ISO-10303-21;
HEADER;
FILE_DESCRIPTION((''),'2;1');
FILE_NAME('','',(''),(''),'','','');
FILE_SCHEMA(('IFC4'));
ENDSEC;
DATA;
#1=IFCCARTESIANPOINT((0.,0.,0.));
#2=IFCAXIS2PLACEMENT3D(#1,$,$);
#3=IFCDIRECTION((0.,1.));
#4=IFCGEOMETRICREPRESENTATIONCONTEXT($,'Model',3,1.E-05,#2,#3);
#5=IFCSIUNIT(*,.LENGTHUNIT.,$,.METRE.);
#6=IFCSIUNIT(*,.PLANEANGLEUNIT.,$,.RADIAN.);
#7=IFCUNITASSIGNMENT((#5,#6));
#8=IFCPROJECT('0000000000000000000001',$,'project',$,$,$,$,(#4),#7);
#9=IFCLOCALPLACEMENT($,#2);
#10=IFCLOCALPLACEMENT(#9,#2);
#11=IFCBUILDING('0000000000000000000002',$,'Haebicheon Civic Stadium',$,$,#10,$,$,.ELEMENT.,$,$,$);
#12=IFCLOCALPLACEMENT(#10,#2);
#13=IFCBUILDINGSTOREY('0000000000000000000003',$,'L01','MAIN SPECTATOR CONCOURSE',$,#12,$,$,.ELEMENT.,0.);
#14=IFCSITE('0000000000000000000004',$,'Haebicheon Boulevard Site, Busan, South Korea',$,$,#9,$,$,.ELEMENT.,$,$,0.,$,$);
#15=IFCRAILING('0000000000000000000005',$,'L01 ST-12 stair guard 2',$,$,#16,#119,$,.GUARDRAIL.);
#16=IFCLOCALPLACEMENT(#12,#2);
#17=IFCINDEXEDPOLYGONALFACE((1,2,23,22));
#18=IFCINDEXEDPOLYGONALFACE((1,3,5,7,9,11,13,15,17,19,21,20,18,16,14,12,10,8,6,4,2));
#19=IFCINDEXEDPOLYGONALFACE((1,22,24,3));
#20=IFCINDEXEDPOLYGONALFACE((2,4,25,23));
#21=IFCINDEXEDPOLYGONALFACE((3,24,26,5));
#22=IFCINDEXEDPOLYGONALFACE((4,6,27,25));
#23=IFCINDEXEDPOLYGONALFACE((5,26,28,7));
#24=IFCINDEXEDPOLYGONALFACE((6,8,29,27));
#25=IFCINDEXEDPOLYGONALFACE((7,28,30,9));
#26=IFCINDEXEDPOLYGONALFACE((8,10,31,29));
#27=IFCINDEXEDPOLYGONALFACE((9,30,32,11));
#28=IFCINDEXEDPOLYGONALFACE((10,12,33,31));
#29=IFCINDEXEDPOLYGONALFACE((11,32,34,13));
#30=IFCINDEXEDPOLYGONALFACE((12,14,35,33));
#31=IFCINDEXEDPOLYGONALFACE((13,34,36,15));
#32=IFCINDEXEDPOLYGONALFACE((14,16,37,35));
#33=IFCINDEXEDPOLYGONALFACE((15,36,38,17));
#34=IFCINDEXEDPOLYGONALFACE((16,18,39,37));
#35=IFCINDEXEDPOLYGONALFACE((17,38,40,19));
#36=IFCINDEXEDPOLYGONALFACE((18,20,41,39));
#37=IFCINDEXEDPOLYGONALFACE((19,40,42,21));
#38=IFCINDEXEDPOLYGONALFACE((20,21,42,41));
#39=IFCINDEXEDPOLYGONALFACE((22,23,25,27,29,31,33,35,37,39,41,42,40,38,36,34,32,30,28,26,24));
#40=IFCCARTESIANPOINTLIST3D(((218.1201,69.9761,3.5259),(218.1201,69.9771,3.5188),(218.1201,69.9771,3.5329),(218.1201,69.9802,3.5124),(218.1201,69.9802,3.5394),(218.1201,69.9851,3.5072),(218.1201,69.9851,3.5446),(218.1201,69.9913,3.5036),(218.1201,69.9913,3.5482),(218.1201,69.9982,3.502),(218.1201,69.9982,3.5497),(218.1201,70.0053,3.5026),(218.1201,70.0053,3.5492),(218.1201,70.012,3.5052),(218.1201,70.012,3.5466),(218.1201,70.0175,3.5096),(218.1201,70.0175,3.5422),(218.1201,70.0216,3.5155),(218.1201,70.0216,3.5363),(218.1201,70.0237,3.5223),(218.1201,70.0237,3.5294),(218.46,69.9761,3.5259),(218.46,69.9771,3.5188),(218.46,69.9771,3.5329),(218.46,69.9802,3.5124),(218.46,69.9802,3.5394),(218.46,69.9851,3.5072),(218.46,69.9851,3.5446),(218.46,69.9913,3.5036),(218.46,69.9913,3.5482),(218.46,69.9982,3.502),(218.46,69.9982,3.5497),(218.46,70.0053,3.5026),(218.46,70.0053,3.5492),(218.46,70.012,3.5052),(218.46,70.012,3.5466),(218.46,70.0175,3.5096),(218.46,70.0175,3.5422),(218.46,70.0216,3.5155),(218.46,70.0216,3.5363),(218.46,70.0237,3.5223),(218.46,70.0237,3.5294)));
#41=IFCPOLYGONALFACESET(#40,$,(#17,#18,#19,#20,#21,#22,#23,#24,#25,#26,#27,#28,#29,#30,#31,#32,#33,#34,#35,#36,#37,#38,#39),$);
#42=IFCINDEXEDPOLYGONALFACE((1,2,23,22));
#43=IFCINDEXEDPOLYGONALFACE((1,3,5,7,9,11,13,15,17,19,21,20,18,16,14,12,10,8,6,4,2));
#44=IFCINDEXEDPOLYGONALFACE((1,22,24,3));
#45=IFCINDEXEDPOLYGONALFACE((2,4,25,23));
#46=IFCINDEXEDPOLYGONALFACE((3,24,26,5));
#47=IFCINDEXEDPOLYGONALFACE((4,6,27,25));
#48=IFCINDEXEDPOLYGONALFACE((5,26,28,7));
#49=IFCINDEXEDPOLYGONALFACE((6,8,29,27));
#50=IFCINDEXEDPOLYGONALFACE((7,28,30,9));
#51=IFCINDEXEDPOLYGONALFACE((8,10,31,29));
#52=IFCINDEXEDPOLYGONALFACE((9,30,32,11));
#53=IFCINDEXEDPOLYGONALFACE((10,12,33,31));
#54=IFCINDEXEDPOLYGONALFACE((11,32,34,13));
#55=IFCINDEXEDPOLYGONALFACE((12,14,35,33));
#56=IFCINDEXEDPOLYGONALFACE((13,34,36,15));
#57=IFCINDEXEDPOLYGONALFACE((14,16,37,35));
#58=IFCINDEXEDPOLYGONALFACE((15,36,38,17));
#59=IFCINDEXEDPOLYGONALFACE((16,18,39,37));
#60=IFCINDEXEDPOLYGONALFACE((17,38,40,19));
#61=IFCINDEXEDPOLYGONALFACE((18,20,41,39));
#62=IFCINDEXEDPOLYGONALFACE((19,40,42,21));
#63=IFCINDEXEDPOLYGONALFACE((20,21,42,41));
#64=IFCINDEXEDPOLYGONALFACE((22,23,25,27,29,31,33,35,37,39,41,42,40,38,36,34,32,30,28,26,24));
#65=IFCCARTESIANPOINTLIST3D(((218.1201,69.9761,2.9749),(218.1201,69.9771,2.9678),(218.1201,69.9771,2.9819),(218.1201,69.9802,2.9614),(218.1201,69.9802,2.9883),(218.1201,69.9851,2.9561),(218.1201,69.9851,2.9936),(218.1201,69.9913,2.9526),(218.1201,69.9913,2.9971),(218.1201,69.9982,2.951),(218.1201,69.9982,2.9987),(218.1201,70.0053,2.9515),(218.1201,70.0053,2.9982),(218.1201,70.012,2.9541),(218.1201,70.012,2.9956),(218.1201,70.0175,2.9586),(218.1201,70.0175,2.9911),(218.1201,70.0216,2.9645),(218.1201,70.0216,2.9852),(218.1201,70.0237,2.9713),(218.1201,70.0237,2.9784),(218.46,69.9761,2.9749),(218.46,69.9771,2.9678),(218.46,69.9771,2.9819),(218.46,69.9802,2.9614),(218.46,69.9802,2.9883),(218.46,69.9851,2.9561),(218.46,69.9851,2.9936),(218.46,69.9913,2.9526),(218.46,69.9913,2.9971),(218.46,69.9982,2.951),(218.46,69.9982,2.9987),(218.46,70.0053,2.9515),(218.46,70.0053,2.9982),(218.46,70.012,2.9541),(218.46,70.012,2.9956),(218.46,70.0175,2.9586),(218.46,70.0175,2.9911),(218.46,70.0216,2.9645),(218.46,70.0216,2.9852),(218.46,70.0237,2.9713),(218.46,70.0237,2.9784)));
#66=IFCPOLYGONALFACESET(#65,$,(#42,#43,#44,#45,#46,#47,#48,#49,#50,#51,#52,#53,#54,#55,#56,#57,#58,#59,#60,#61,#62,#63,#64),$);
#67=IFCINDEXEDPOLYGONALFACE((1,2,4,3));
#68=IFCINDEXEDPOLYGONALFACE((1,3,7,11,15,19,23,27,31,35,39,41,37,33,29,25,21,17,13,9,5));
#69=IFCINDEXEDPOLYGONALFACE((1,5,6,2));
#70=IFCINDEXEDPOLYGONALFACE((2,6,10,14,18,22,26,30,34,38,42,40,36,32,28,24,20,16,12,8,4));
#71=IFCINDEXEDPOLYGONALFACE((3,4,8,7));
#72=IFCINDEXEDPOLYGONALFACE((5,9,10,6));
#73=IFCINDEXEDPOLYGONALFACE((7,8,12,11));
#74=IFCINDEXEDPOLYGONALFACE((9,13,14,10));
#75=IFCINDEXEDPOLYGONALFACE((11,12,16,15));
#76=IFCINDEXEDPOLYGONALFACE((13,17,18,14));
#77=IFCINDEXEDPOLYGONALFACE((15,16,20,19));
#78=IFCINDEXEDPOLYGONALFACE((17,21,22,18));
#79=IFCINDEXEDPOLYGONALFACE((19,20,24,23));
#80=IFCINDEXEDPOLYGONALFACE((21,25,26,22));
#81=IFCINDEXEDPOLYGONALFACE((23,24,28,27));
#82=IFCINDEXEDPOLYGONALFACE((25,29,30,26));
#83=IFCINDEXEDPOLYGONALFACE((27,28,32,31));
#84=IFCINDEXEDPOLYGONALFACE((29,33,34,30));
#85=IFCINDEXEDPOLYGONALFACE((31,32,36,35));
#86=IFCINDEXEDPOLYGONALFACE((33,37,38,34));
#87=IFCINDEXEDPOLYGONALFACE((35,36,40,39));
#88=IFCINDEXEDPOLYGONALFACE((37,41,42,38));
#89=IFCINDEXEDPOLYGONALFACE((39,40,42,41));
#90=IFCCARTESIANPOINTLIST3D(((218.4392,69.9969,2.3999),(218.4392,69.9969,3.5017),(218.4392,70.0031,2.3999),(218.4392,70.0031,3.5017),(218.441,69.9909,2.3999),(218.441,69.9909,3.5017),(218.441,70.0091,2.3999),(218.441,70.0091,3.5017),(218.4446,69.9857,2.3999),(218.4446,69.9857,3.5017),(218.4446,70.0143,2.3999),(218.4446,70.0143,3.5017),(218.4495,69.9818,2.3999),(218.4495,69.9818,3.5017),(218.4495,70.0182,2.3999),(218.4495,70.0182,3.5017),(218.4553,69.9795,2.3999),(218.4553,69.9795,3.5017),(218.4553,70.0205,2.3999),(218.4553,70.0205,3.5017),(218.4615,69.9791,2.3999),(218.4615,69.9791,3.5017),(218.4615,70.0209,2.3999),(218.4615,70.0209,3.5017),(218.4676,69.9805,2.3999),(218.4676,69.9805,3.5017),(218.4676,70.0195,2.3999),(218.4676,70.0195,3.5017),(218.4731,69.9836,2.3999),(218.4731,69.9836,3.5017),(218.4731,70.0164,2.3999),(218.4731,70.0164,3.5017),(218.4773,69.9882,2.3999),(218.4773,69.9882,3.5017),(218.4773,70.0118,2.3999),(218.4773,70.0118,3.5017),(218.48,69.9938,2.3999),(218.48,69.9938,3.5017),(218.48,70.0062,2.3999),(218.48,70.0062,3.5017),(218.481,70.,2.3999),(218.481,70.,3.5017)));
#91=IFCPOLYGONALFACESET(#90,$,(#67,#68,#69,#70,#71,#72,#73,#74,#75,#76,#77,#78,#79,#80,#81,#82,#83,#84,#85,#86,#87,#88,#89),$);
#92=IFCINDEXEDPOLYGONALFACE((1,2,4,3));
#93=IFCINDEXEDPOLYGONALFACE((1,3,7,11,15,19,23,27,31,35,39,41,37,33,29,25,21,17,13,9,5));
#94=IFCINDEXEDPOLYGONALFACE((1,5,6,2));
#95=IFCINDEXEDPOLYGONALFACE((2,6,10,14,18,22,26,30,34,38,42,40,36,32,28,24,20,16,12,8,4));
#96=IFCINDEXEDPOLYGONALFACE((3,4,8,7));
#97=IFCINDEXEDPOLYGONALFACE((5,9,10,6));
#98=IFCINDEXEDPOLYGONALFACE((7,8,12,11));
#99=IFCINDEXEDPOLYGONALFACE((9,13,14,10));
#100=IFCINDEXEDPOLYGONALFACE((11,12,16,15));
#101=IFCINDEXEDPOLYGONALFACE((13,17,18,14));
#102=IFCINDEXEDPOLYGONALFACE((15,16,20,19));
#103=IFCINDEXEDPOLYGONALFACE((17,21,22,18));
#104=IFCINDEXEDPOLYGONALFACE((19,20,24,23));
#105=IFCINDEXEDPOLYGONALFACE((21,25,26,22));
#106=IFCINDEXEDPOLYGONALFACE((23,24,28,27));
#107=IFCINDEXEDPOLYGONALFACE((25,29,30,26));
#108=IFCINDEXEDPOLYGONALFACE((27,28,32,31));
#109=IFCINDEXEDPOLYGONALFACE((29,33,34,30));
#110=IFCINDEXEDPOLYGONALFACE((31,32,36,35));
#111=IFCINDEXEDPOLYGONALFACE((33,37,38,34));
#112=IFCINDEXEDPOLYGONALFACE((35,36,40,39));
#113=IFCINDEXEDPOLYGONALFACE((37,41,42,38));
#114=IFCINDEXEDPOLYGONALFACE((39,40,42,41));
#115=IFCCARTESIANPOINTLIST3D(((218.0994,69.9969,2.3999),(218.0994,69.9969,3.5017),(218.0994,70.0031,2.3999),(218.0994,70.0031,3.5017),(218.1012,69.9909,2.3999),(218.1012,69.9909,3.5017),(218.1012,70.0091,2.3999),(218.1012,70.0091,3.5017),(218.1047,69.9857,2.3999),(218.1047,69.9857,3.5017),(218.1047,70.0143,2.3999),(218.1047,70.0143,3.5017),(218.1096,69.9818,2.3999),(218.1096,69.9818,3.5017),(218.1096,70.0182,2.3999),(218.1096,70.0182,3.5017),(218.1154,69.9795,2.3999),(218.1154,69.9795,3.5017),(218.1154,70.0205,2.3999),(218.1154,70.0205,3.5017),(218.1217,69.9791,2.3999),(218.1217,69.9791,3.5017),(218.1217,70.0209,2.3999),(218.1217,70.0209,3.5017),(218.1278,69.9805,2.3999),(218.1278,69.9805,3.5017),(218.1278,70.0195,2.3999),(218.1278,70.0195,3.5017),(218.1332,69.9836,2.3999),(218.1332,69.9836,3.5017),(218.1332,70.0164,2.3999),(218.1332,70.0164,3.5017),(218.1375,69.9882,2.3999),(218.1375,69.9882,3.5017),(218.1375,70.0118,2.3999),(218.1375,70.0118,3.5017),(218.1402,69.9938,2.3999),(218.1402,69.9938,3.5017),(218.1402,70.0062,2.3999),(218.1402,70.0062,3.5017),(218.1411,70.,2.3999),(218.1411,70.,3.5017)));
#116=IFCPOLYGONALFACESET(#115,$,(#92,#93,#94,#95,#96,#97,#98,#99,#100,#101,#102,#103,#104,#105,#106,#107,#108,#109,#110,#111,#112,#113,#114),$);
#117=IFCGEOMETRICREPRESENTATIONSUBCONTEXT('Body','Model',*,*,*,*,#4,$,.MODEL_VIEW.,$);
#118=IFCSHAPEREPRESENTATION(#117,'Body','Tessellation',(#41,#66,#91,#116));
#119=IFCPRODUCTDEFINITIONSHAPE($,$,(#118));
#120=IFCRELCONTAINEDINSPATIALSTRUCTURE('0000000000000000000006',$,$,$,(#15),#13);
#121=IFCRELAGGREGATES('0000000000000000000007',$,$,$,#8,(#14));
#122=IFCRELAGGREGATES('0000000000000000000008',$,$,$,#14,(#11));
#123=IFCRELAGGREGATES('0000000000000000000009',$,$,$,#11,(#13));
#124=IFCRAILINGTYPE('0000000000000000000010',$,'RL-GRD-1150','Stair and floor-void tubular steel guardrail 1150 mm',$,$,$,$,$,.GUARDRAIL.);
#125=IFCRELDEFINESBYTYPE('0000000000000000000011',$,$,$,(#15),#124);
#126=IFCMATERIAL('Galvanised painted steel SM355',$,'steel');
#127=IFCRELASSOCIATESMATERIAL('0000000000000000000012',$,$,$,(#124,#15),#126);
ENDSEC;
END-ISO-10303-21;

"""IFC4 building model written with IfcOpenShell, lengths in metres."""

from ifc_helpers import new_model, si_unit, direction, frame, origin, origin_2d, place, context, subcontext, project, spatial, circle, extrude, material, type_object, element, save


model = new_model("IFC4")

# Units and contexts
model_context = context("Model", 3, precision=1e-05, world=origin(), true_north=direction((0.0, 1.0)))
body_context = subcontext(model_context, "Body", "Model", "MODEL_VIEW")
ifc_project = project(units=[si_unit("LENGTHUNIT", "METRE"), si_unit("PLANEANGLEUNIT", "RADIAN")], contexts=[model_context])

# Site, building, storey
site_placement = place(None, origin())
site = spatial("IfcSite", under=ifc_project, at=site_placement, Name="Haebicheon Boulevard Site, Busan, South Korea", CompositionType="ELEMENT", RefElevation=0.0)
building_placement = place(site_placement, origin())
building = spatial("IfcBuilding", under=site, at=building_placement, Name="Haebicheon Civic Stadium", CompositionType="ELEMENT")
storey_placement = place(building_placement, origin())
storey = spatial("IfcBuildingStorey", under=building, at=storey_placement, Name="L01", Description="MAIN SPECTATOR CONCOURSE", CompositionType="ELEMENT", Elevation=0.0)

# Railing
ifc_material_1 = material(Name="Galvanised painted steel SM355", Category="steel")
railing_type_1 = type_object("IfcRailingType", Name="RL-GRD-1150", Description="Stair and floor-void tubular steel guardrail 1150 mm", PredefinedType="GUARDRAIL", material=ifc_material_1)
railing_1_placement = place(storey_placement, frame((218.46, 70.0, 2.3999)))
element("IfcRailing", 1, at=railing_1_placement, inside=storey, type_object=railing_type_1, material=ifc_material_1, Name="L01 ST-12 stair guard 2", PredefinedType="GUARDRAIL", context=body_context, shape_type="SweptSolid", body=[
    extrude(circle(Radius=0.0239, at=origin_2d()), frame((0.0, 0.0, 1.126), z_axis=(-1.0, 0.0, 0.0), x_axis=(0.0, -1.0, 0.0)), (0.0, 0.0, 1.0), 0.3398),
    extrude(circle(Radius=0.0239, at=origin_2d()), frame((0.0, 0.0, 0.575), z_axis=(-1.0, 0.0, 0.0), x_axis=(0.0, -1.0, 0.0)), (0.0, 0.0, 1.0), 0.3398),
    extrude(circle(Radius=0.021, at=origin_2d()), origin(), (0.0, 0.0, 1.0), 1.1018),
    extrude(circle(Radius=0.021, at=origin_2d()), frame((-0.3398, 0.0, 0.0)), (0.0, 0.0, 1.0), 1.1018),
])

save(model, "model.ifc")
